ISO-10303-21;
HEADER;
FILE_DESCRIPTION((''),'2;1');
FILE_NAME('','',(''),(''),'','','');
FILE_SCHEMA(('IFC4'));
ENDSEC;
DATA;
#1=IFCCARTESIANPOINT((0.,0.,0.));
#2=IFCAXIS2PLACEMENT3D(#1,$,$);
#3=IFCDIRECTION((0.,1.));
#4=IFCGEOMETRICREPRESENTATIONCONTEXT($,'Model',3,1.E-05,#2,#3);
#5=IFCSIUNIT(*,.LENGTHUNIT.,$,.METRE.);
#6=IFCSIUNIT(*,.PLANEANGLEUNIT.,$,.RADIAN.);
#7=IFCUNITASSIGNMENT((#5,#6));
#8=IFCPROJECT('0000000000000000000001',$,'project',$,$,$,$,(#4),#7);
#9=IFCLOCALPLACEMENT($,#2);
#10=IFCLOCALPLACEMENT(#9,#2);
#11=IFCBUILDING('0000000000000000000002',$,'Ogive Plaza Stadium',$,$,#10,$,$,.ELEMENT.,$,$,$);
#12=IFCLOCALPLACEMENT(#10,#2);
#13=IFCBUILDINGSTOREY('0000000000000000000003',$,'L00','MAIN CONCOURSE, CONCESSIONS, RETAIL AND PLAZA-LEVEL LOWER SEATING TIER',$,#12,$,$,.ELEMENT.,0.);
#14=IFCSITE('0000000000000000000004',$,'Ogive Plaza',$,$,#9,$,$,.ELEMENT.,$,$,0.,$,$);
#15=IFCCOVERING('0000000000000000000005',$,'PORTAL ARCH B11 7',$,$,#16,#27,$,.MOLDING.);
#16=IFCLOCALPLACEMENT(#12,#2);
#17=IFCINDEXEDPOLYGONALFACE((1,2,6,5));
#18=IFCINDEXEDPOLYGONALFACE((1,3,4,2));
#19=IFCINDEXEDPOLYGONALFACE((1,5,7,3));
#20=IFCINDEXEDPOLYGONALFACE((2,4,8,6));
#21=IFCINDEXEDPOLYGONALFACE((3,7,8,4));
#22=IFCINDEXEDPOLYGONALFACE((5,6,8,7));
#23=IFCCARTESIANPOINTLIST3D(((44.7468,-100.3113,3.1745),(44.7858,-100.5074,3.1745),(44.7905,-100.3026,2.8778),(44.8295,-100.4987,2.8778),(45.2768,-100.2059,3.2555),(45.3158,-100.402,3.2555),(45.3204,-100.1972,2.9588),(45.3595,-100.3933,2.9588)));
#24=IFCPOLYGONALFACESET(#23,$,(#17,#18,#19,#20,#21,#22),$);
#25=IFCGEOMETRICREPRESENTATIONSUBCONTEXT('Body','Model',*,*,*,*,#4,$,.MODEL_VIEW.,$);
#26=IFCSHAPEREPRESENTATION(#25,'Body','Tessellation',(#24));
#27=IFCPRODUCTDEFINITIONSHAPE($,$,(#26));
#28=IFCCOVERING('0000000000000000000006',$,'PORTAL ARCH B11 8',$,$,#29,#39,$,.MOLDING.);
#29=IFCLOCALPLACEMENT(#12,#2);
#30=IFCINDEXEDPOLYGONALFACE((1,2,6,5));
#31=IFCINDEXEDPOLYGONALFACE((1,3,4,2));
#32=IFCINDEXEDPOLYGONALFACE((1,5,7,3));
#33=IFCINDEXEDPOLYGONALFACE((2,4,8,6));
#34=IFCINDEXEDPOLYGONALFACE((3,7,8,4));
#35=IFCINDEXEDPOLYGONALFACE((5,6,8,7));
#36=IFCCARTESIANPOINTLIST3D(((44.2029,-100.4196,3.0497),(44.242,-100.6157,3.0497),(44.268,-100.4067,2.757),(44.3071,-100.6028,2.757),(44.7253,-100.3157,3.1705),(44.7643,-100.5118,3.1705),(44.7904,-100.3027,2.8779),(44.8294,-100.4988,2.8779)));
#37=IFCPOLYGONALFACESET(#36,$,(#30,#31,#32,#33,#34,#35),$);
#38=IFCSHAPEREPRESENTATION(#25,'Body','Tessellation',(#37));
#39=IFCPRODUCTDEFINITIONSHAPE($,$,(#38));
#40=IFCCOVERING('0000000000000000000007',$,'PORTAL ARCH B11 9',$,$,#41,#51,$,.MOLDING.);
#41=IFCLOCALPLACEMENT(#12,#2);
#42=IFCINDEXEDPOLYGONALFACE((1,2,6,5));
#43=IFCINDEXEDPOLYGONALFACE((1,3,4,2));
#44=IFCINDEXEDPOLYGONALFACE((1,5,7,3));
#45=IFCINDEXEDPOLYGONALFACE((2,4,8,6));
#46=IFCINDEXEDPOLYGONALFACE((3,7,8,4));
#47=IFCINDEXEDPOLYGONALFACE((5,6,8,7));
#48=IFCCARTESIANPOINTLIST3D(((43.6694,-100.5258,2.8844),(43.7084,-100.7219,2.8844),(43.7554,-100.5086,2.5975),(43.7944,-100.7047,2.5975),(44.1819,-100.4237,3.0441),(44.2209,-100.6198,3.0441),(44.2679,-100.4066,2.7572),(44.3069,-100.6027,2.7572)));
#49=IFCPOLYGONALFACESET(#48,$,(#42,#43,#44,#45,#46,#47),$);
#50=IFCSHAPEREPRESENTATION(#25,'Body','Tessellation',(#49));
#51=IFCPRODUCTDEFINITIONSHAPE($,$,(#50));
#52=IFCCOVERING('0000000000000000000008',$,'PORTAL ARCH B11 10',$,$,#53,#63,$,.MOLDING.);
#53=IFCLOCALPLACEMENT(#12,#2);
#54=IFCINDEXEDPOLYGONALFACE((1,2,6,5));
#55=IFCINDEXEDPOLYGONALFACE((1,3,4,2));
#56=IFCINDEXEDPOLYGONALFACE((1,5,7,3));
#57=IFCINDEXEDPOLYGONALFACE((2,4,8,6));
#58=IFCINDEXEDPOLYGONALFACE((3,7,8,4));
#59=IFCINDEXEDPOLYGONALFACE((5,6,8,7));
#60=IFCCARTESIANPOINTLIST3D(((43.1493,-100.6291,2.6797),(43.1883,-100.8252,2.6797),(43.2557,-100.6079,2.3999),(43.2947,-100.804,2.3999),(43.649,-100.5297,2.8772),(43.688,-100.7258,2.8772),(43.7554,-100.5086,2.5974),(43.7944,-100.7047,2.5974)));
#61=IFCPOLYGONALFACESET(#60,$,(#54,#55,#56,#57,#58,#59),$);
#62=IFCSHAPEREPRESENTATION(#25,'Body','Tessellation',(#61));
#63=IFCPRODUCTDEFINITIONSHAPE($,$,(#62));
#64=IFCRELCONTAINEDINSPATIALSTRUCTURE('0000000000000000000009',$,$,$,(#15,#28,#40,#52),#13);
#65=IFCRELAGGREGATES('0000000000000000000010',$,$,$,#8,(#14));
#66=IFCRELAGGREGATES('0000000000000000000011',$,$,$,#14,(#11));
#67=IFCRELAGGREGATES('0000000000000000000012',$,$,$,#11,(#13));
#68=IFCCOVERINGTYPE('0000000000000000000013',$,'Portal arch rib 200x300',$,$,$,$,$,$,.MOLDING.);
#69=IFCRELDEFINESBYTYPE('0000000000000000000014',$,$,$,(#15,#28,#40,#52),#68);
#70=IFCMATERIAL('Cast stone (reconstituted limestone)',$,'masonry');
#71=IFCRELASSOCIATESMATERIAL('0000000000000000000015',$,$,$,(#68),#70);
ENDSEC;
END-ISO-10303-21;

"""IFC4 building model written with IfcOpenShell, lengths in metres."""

from ifc_helpers import new_model, si_unit, direction, frame, origin, origin_2d, place, context, subcontext, project, spatial, rectangle, extrude, material, material_profile, profile_set, type_object, element, save


model = new_model("IFC4")

# Units and contexts
model_context = context("Model", 3, precision=1e-05, world=origin(), true_north=direction((0.0, 1.0)))
body_context = subcontext(model_context, "Body", "Model", "MODEL_VIEW")
ifc_project = project(units=[si_unit("LENGTHUNIT", "METRE"), si_unit("PLANEANGLEUNIT", "RADIAN")], contexts=[model_context])

# Site, building, storey
site_placement = place(None, origin())
site = spatial("IfcSite", under=ifc_project, at=site_placement, Name="Ogive Plaza", CompositionType="ELEMENT", RefElevation=0.0)
building_placement = place(site_placement, origin())
building = spatial("IfcBuilding", under=site, at=building_placement, Name="Ogive Plaza Stadium", CompositionType="ELEMENT")
storey_placement = place(building_placement, origin())
storey = spatial("IfcBuildingStorey", under=building, at=storey_placement, Name="L00", Description="MAIN CONCOURSE, CONCESSIONS, RETAIL AND PLAZA-LEVEL LOWER SEATING TIER", CompositionType="ELEMENT", Elevation=0.0)

# Coverings
ifc_material_1 = material(Name="Cast stone (reconstituted limestone)", Category="masonry")
ifc_material_profile = material_profile(ifc_material_1, rectangle(XDim=0.2, YDim=0.3, at=origin_2d()), Name="Cast stone 200x300")
ifc_profile_set = profile_set([ifc_material_profile], Name="Cast stone (reconstituted limestone)")
covering_type = type_object("IfcCoveringType", Name="Portal arch rib 200x300", PredefinedType="MOLDING", material=ifc_profile_set)
for number, where, z_axis, x_axis, name in (
    (1, (45.3181, -100.2996, 3.1072), (-0.969923, -0.193002, -0.148325), (0.19516, -0.980771, 0.0), "PORTAL ARCH B11 7"),
):
    element("IfcCovering", number, at=place(storey_placement, frame(where, z_axis=z_axis, x_axis=x_axis)), inside=storey, type_object=covering_type, Name=name, PredefinedType="MOLDING", context=body_context, shape_type="SweptSolid", body=[
        extrude(rectangle(XDim=0.2, YDim=0.3, at=origin_2d()), origin(), (0.0, 0.0, 1.0), 0.5464),
    ])
covering_placement = place(storey_placement, frame((44.7773, -100.4072, 3.0242), z_axis=(-0.956454, -0.190397, -0.221236), x_axis=(0.195235, -0.980757, 0.0)))
element("IfcCovering", 2, at=covering_placement, inside=storey, type_object=covering_type, Name="PORTAL ARCH B11 8", PredefinedType="MOLDING", context=body_context, shape_type="SweptSolid", body=[
    extrude(rectangle(XDim=0.2, YDim=0.3, at=origin_2d()), origin(), (0.0, 0.0, 1.0), 0.5461),
])
for number, where, z_axis, x_axis, name in (
    (3, (44.2444, -100.5132, 2.9006), (-0.937929, -0.186781, -0.292237), (0.195307, -0.980742, 0.0), "PORTAL ARCH B11 9"),
    (4, (43.7217, -100.6172, 2.7373), (-0.914501, -0.181828, -0.361422), (0.19501, -0.980801, 0.0), "PORTAL ARCH B11 10"),
):
    element("IfcCovering", number, at=place(storey_placement, frame(where, z_axis=z_axis, x_axis=x_axis)), inside=storey, type_object=covering_type, Name=name, PredefinedType="MOLDING", context=body_context, shape_type="SweptSolid", body=[
        extrude(rectangle(XDim=0.2, YDim=0.3, at=origin_2d()), origin(), (0.0, 0.0, 1.0), 0.5464),
    ])

save(model, "model.ifc")
